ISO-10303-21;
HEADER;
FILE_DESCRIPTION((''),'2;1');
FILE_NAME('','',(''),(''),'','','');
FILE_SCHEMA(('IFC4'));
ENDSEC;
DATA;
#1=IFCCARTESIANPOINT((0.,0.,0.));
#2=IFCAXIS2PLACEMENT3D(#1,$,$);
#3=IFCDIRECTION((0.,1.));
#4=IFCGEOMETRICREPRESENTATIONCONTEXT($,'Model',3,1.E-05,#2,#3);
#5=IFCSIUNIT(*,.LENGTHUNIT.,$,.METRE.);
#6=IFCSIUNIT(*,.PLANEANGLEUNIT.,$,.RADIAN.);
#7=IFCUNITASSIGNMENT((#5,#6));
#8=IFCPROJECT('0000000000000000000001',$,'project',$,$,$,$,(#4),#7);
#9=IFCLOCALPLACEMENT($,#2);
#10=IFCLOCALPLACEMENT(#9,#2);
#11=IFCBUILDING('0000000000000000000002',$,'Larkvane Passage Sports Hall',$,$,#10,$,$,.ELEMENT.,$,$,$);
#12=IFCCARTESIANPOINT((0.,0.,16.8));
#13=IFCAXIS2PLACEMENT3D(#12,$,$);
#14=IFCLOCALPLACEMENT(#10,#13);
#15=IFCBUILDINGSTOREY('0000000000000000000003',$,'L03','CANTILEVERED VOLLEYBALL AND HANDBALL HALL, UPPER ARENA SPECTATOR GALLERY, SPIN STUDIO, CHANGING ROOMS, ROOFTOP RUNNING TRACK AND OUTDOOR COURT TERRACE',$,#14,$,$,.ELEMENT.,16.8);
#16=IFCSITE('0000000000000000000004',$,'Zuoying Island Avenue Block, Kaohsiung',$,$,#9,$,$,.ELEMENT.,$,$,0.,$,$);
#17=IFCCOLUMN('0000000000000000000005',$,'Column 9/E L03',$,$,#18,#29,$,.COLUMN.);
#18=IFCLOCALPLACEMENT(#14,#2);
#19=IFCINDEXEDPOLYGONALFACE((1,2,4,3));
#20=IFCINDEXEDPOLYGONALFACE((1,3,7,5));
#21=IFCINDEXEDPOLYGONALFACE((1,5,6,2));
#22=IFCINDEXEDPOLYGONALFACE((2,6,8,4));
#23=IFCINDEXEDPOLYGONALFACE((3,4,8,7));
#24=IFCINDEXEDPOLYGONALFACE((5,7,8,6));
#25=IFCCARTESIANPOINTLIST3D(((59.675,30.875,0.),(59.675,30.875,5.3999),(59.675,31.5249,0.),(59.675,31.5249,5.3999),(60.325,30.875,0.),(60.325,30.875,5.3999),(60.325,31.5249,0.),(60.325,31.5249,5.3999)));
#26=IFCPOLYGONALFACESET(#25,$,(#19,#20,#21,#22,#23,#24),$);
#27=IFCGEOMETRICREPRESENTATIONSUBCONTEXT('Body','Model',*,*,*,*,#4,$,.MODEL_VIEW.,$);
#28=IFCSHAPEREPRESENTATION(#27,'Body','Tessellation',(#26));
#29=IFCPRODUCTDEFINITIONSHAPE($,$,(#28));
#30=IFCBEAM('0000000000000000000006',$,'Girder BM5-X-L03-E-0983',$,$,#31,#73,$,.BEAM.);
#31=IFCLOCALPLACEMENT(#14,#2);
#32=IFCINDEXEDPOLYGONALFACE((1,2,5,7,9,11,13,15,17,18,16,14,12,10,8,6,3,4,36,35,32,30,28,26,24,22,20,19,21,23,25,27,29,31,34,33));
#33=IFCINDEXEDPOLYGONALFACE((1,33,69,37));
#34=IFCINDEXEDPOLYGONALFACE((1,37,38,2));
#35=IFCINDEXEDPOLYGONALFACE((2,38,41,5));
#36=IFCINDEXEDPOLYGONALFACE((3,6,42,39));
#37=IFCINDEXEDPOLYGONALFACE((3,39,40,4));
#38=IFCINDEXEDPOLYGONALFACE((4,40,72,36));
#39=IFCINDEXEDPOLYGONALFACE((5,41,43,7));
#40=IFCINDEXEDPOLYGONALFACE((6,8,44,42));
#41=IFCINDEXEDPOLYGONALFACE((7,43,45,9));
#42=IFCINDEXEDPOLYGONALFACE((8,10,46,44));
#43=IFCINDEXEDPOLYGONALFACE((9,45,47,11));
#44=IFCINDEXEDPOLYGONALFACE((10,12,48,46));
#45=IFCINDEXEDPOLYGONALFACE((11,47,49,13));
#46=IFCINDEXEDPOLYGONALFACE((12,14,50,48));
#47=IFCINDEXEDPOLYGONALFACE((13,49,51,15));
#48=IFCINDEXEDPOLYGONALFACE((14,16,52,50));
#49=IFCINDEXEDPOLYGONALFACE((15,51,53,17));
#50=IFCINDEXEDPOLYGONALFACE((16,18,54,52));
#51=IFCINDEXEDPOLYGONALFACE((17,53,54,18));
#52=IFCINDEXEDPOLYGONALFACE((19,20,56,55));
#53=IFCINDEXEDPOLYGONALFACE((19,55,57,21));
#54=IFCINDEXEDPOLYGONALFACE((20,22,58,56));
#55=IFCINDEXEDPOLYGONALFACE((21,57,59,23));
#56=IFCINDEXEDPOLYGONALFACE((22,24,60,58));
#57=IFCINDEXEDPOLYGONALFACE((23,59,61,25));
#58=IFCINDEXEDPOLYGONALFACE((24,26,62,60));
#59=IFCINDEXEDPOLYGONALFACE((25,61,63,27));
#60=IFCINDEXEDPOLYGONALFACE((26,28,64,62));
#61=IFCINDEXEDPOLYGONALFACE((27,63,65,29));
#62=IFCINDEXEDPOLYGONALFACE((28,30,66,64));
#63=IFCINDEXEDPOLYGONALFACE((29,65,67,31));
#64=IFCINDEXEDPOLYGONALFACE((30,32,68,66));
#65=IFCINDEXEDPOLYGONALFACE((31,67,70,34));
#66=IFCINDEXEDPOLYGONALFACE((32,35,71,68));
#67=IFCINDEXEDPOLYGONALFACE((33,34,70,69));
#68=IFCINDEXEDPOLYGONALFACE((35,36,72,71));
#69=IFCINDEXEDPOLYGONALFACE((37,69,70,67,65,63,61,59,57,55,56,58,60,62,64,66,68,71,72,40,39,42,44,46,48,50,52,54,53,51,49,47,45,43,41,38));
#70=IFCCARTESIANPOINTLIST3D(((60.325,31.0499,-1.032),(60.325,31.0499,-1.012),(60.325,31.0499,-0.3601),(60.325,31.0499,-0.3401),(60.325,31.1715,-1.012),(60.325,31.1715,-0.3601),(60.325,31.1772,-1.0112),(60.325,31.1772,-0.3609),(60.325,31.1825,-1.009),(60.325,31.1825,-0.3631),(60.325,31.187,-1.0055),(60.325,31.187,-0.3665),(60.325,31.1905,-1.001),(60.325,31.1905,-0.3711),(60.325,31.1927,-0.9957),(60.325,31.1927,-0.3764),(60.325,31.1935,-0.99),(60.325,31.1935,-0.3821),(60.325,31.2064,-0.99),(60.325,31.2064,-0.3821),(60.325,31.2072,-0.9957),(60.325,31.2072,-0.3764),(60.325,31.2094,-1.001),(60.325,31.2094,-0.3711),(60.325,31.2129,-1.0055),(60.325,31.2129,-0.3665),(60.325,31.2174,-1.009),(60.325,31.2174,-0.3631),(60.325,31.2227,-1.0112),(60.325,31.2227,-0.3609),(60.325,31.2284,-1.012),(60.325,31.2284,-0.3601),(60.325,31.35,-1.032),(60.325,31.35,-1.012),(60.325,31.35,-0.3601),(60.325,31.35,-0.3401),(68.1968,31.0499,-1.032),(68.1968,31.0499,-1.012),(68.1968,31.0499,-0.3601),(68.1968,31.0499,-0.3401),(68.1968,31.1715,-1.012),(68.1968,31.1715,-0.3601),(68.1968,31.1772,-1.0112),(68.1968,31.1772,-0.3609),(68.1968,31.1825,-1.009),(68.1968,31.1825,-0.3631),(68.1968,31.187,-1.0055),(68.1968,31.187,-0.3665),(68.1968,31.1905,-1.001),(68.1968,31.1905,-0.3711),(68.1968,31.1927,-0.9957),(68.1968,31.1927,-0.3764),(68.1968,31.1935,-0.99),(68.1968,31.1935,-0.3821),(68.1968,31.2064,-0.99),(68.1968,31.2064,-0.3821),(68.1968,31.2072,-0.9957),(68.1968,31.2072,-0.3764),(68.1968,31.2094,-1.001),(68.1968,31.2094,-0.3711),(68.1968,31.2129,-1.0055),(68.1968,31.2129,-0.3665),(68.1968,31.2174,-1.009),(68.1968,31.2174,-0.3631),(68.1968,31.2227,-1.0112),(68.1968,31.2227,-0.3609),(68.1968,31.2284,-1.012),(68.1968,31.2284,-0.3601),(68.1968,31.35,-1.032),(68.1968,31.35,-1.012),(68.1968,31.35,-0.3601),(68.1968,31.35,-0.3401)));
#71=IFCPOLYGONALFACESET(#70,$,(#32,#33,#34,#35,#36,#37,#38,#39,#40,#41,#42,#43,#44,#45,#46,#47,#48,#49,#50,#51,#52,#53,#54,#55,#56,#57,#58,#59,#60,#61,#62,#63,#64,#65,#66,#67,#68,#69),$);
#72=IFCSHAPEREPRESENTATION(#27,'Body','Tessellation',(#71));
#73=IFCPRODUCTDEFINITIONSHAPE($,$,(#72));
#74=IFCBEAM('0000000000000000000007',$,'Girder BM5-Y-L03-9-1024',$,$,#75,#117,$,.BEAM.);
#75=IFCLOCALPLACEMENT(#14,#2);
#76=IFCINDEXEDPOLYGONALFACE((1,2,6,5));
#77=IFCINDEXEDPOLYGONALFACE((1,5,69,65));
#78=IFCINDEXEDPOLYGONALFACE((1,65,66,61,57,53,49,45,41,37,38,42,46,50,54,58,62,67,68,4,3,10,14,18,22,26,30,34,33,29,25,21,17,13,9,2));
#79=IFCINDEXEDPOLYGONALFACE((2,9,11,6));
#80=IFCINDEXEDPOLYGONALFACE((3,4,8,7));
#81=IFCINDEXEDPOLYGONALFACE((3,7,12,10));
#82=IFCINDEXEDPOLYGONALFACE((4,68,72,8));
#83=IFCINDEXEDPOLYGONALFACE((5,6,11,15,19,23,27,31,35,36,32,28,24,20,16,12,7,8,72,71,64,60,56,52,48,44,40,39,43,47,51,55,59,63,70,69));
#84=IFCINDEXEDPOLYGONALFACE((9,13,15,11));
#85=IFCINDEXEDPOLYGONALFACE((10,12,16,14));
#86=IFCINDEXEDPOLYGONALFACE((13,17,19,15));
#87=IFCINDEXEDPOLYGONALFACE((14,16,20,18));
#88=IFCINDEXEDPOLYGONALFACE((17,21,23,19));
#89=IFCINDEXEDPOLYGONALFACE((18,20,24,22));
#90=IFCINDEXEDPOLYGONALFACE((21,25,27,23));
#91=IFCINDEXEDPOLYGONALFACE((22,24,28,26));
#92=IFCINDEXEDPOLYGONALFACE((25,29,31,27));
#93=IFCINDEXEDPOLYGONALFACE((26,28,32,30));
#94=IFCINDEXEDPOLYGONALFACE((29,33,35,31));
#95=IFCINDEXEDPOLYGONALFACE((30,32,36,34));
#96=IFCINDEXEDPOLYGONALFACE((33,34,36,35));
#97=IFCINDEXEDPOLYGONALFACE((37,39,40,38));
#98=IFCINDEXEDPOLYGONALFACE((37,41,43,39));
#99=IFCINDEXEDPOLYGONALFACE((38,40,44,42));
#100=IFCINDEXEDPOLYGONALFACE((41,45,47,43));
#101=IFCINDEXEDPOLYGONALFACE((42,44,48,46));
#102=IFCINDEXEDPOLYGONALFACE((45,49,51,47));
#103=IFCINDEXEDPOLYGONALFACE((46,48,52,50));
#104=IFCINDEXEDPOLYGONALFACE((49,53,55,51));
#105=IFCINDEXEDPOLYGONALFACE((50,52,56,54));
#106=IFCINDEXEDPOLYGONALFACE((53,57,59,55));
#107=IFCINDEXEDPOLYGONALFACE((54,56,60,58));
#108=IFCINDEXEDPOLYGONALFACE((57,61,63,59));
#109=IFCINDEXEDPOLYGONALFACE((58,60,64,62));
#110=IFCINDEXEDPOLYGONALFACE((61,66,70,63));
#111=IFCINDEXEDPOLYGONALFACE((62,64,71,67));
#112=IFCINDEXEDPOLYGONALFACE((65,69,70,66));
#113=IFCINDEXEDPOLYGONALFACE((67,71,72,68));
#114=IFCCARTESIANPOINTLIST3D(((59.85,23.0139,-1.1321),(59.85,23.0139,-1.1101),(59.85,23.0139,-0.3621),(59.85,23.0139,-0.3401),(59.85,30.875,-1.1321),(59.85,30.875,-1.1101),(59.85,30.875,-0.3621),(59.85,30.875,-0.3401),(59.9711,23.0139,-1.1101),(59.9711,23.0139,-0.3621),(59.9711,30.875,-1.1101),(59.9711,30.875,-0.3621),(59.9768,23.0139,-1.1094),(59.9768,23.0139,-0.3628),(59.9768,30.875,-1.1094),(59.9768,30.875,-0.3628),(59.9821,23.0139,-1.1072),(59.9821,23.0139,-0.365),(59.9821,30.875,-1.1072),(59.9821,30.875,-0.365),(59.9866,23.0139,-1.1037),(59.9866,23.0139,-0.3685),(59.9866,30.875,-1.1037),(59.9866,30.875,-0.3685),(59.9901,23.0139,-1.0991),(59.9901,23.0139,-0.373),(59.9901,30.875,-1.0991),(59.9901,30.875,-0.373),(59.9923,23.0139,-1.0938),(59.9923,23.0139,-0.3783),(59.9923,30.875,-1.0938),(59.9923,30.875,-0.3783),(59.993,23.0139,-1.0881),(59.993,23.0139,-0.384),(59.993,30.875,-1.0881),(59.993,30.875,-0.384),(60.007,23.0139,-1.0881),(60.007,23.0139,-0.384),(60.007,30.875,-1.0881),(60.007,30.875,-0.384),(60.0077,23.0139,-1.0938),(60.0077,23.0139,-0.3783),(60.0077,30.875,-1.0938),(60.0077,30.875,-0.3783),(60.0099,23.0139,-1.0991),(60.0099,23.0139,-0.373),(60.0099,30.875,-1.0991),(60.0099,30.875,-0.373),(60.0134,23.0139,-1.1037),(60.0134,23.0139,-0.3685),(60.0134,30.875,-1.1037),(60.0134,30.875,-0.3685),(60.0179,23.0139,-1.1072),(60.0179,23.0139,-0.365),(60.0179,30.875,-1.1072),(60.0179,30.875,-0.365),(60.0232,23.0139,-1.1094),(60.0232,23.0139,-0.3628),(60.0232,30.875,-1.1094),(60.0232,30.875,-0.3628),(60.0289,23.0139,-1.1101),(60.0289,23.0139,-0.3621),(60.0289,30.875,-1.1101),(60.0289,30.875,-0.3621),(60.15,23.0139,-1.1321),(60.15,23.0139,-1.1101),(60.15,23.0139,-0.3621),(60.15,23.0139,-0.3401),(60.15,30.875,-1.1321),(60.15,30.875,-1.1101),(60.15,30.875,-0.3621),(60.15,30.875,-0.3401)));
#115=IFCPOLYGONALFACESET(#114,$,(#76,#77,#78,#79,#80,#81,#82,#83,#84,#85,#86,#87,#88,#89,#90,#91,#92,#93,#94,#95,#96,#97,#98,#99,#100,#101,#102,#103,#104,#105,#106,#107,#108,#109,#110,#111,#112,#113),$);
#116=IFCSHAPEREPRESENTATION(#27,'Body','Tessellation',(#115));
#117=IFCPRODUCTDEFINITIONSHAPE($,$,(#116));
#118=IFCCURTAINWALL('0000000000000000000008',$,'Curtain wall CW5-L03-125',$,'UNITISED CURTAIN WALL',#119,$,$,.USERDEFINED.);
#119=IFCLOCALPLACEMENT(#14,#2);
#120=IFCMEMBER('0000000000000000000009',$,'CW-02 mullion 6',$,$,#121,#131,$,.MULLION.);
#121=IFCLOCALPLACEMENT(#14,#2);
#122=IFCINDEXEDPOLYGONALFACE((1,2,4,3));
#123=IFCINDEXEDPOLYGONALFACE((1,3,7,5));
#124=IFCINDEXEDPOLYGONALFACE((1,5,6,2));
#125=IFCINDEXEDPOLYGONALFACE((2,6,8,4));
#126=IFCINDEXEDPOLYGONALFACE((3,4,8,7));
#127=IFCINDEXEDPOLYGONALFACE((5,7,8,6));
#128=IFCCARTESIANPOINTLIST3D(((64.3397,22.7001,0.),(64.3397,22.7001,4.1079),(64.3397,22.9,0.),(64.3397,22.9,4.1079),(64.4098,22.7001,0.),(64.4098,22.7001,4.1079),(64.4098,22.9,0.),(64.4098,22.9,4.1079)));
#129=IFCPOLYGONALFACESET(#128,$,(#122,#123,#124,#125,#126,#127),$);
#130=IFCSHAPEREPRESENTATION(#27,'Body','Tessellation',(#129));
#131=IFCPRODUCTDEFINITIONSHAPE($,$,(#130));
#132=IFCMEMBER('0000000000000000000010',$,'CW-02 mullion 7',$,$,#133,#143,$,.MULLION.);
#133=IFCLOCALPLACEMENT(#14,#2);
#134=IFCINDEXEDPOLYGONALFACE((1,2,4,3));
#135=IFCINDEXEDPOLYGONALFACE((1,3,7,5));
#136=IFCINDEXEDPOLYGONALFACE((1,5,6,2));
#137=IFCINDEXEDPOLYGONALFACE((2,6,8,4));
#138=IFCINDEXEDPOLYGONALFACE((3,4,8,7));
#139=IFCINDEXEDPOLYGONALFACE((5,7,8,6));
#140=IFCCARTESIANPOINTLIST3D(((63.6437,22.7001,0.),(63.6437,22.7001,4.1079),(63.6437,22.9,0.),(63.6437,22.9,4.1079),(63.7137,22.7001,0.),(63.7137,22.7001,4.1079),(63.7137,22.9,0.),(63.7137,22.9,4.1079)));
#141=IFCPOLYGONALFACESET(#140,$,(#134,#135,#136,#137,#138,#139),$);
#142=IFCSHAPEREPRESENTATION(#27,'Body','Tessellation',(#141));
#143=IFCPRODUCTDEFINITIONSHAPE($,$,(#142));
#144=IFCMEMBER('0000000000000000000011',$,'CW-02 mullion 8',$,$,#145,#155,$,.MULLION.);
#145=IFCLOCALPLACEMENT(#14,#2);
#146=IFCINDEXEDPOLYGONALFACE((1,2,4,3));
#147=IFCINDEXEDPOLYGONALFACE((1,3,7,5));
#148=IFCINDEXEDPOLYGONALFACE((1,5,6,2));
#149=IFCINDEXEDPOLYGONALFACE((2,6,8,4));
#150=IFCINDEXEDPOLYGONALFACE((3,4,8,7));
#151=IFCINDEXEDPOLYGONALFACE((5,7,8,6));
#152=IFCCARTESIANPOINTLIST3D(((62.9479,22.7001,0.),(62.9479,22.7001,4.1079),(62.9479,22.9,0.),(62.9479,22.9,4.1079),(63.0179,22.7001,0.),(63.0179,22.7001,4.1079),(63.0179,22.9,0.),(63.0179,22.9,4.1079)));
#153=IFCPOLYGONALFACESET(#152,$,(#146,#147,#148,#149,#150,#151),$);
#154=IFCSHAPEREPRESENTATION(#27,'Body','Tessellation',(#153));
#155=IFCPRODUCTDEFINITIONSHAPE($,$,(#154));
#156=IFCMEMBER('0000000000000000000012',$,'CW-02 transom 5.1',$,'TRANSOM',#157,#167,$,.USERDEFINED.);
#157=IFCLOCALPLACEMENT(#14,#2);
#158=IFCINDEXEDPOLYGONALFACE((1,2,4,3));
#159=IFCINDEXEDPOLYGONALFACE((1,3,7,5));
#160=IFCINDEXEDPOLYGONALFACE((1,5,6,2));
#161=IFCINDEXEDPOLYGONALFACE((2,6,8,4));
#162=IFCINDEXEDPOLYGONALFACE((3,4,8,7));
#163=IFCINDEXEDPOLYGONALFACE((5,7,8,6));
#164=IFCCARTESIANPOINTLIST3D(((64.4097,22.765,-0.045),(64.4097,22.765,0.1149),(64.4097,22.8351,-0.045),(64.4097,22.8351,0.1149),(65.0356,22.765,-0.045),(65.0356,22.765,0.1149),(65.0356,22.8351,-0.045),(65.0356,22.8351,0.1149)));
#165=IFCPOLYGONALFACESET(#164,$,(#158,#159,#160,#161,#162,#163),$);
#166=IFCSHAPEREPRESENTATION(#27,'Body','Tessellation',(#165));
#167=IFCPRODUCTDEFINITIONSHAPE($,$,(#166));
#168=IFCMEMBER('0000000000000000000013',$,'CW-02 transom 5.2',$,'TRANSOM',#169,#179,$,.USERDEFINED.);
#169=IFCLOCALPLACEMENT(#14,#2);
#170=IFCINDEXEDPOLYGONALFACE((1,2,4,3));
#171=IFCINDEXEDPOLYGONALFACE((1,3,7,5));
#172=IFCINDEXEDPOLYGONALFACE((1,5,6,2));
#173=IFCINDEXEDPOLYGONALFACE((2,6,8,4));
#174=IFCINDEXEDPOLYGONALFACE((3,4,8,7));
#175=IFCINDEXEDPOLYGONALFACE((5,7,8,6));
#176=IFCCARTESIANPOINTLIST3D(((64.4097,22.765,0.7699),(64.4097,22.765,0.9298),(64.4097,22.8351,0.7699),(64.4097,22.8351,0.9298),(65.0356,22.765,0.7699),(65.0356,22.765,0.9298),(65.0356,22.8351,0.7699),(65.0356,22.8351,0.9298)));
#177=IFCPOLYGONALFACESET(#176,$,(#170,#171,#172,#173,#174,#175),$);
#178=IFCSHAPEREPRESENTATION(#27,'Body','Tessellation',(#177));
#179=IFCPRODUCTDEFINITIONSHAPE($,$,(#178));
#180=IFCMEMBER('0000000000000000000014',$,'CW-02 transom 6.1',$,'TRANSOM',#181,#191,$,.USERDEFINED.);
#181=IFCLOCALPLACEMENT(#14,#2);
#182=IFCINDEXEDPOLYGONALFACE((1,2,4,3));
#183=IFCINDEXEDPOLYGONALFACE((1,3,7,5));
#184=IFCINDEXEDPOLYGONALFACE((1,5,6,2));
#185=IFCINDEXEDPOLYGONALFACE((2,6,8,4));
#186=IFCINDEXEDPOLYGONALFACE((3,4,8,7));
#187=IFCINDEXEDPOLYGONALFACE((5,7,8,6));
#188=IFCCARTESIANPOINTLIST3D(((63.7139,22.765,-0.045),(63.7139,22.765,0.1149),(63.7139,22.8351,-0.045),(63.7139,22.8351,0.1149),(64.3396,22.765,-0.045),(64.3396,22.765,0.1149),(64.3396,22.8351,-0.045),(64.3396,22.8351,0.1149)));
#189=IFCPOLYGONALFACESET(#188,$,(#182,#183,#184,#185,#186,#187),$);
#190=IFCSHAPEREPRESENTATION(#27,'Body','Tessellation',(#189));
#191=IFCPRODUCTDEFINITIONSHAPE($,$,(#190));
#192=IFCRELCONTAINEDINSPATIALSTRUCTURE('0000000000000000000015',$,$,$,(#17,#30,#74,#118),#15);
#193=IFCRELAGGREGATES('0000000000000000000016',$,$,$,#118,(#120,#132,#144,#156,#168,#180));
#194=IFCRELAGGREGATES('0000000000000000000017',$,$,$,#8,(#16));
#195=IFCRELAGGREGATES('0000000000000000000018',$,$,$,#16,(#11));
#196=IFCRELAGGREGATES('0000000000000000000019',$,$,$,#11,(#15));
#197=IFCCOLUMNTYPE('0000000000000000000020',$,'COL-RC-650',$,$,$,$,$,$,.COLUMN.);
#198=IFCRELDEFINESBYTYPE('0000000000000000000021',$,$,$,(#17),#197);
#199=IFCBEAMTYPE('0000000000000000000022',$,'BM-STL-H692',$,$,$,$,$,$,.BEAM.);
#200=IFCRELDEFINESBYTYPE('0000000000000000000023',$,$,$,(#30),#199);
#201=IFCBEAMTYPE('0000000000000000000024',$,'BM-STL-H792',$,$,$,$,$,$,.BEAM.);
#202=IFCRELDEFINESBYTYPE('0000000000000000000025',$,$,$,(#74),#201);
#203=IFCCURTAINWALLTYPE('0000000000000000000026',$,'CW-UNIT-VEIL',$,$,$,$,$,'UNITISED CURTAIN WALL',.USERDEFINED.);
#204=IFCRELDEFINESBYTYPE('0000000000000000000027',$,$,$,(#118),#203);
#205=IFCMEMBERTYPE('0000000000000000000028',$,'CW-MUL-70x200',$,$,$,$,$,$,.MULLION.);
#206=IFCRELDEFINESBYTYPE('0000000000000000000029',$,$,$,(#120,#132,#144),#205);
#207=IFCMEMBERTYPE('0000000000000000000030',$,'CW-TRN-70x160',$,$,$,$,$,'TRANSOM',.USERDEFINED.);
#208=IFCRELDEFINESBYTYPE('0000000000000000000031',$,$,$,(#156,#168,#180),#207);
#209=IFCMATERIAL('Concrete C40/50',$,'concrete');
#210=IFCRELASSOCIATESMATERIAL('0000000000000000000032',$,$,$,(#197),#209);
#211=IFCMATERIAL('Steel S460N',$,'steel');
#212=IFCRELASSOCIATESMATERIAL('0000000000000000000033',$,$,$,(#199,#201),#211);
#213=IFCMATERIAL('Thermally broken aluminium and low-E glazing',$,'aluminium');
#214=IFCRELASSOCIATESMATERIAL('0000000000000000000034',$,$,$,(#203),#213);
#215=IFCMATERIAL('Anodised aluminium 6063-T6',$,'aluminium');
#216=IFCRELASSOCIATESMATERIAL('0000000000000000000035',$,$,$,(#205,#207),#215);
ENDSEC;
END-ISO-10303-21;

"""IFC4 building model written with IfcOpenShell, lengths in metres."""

from ifc_helpers import new_model, si_unit, direction, frame, origin, origin_2d, place, context, subcontext, project, spatial, rectangle, i_section, extrude, material, material_profile, profile_set, type_object, element, aggregate, save


model = new_model("IFC4")

# Units and contexts
model_context = context("Model", 3, precision=1e-05, world=origin(), true_north=direction((0.0, 1.0)))
body_context = subcontext(model_context, "Body", "Model", "MODEL_VIEW")
ifc_project = project(units=[si_unit("LENGTHUNIT", "METRE"), si_unit("PLANEANGLEUNIT", "RADIAN")], contexts=[model_context])

# Site, building, storey
site_placement = place(None, origin())
site = spatial("IfcSite", under=ifc_project, at=site_placement, Name="Zuoying Island Avenue Block, Kaohsiung", CompositionType="ELEMENT", RefElevation=0.0)
building_placement = place(site_placement, origin())
building = spatial("IfcBuilding", under=site, at=building_placement, Name="Larkvane Passage Sports Hall", CompositionType="ELEMENT")
storey_placement = place(building_placement, frame((0.0, 0.0, 16.8)))
storey = spatial("IfcBuildingStorey", under=building, at=storey_placement, Name="L03", Description="CANTILEVERED VOLLEYBALL AND HANDBALL HALL, UPPER ARENA SPECTATOR GALLERY, SPIN STUDIO, CHANGING ROOMS, ROOFTOP RUNNING TRACK AND OUTDOOR COURT TERRACE", CompositionType="ELEMENT", Elevation=16.8)

# Column
ifc_material_1 = material(Name="Concrete C40/50", Category="concrete")
ifc_material_profile_1 = material_profile(ifc_material_1, rectangle(XDim=0.6499, YDim=0.6499, at=origin_2d()), Name="RC-COL-650x650")
ifc_profile_set_1 = profile_set([ifc_material_profile_1], Name="Concrete C40/50")
column_type = type_object("IfcColumnType", Name="COL-RC-650", PredefinedType="COLUMN", material=ifc_profile_set_1)
column_placement = place(storey_placement, frame((60.0, 31.2, 0.0), z_axis=(0.0, 0.0, 1.0), x_axis=(1.0, 0.0, 0.0)))
element("IfcColumn", 1, at=column_placement, inside=storey, type_object=column_type, Name="Column 9/E L03", PredefinedType="COLUMN", context=body_context, shape_type="SweptSolid", body=[
    extrude(rectangle(XDim=0.6499, YDim=0.6499, at=origin_2d()), origin(), (0.0, 0.0, 1.0), 5.3999),
])

# Beams
ifc_material_2 = material(Name="Steel S460N", Category="steel")
ifc_material_profile_2 = material_profile(ifc_material_2, i_section(OverallWidth=0.3, OverallDepth=0.6919, WebThickness=0.0129, FlangeThickness=0.02, FilletRadius=0.022, at=origin_2d()), Name="H-692x300x13x20")
ifc_profile_set_2 = profile_set([ifc_material_profile_2], Name="Steel S460N")
beam_type_1 = type_object("IfcBeamType", Name="BM-STL-H692", PredefinedType="BEAM", material=ifc_profile_set_2)
beam_1_placement = place(storey_placement, frame((60.325, 31.2, -0.686), z_axis=(1.0, 0.0, 0.0), x_axis=(0.0, 1.0, 0.0)))
element("IfcBeam", 2, at=beam_1_placement, inside=storey, type_object=beam_type_1, Name="Girder BM5-X-L03-E-0983", PredefinedType="BEAM", context=body_context, shape_type="SweptSolid", body=[
    extrude(i_section(OverallWidth=0.3, OverallDepth=0.6919, WebThickness=0.0129, FlangeThickness=0.02, FilletRadius=0.022, at=origin_2d()), origin(), (0.0, 0.0, 1.0), 7.8718),
])
ifc_material_profile_3 = material_profile(ifc_material_2, i_section(OverallWidth=0.3, OverallDepth=0.792, WebThickness=0.0139, FlangeThickness=0.022, FilletRadius=0.022, at=origin_2d()), Name="H-792x300x14x22")
ifc_profile_set_3 = profile_set([ifc_material_profile_3], Name="Steel S460N")
beam_type_2 = type_object("IfcBeamType", Name="BM-STL-H792", PredefinedType="BEAM", material=ifc_profile_set_3)
beam_2_placement = place(storey_placement, frame((60.0, 23.0139, -0.7361), z_axis=(0.0, 1.0, 0.0), x_axis=(-1.0, 0.0, 0.0)))
element("IfcBeam", 3, at=beam_2_placement, inside=storey, type_object=beam_type_2, Name="Girder BM5-Y-L03-9-1024", PredefinedType="BEAM", context=body_context, shape_type="SweptSolid", body=[
    extrude(i_section(OverallWidth=0.3, OverallDepth=0.792, WebThickness=0.0139, FlangeThickness=0.022, FilletRadius=0.022, at=origin_2d()), origin(), (0.0, 0.0, 1.0), 7.8611),
])

# Curtain wall, members
ifc_material_3 = material(Name="Thermally broken aluminium and low-E glazing", Category="aluminium")
curtain_wall_type = type_object("IfcCurtainWallType", Name="CW-UNIT-VEIL", ElementType="UNITISED CURTAIN WALL", PredefinedType="USERDEFINED", material=ifc_material_3)
curtain_wall_placement = place(storey_placement, origin())
curtain_wall = element("IfcCurtainWall", 4, at=curtain_wall_placement, inside=storey, type_object=curtain_wall_type, Name="Curtain wall CW5-L03-125", ObjectType="UNITISED CURTAIN WALL", PredefinedType="USERDEFINED")
ifc_material_4 = material(Name="Anodised aluminium 6063-T6", Category="aluminium")
ifc_material_profile_4 = material_profile(ifc_material_4, rectangle(XDim=0.0701, YDim=0.2, at=origin_2d()), Name="ALU-MUL-70x200")
ifc_profile_set_4 = profile_set([ifc_material_profile_4], Name="Anodised aluminium 6063-T6")
member_type_1 = type_object("IfcMemberType", Name="CW-MUL-70x200", PredefinedType="MULLION", material=ifc_profile_set_4)
member_1_placement = place(storey_placement, frame((64.3748, 22.8, 0.0), z_axis=(0.0, 0.0, 1.0), x_axis=(-1.0, 0.0, 0.0)))
member_1 = element("IfcMember", 5, at=member_1_placement, type_object=member_type_1, Name="CW-02 mullion 6", PredefinedType="MULLION", context=body_context, shape_type="SweptSolid", body=[
    extrude(rectangle(XDim=0.0701, YDim=0.2, at=origin_2d()), origin(), (0.0, 0.0, 1.0), 4.1079),
])
member_2_placement = place(storey_placement, frame((63.6787, 22.8, 0.0), z_axis=(0.0, 0.0, 1.0), x_axis=(-1.0, 0.0, 0.0)))
member_2 = element("IfcMember", 6, at=member_2_placement, type_object=member_type_1, Name="CW-02 mullion 7", PredefinedType="MULLION", context=body_context, shape_type="SweptSolid", body=[
    extrude(rectangle(XDim=0.0701, YDim=0.2, at=origin_2d()), origin(), (0.0, 0.0, 1.0), 4.1079),
])
member_3_placement = place(storey_placement, frame((62.9829, 22.8, 0.0), z_axis=(0.0, 0.0, 1.0), x_axis=(-1.0, 0.0, 0.0)))
member_3 = element("IfcMember", 7, at=member_3_placement, type_object=member_type_1, Name="CW-02 mullion 8", PredefinedType="MULLION", context=body_context, shape_type="SweptSolid", body=[
    extrude(rectangle(XDim=0.0701, YDim=0.2, at=origin_2d()), origin(), (0.0, 0.0, 1.0), 4.1079),
])
ifc_material_profile_5 = material_profile(ifc_material_4, rectangle(XDim=0.0701, YDim=0.1599, at=origin_2d()), Name="ALU-TRN-70x160")
ifc_profile_set_5 = profile_set([ifc_material_profile_5], Name="Anodised aluminium 6063-T6")
member_type_2 = type_object("IfcMemberType", Name="CW-TRN-70x160", ElementType="TRANSOM", PredefinedType="USERDEFINED", material=ifc_profile_set_5)
member_4_placement = place(storey_placement, frame((65.0356, 22.8, 0.0349), z_axis=(-1.0, 0.0, 0.0), x_axis=(0.0, -1.0, 0.0)))
member_4 = element("IfcMember", 8, at=member_4_placement, type_object=member_type_2, Name="CW-02 transom 5.1", ObjectType="TRANSOM", PredefinedType="USERDEFINED", context=body_context, shape_type="SweptSolid", body=[
    extrude(rectangle(XDim=0.0701, YDim=0.1599, at=origin_2d()), origin(), (0.0, 0.0, 1.0), 0.626),
])
member_5_placement = place(storey_placement, frame((65.0356, 22.8, 0.8499), z_axis=(-1.0, 0.0, 0.0), x_axis=(0.0, -1.0, 0.0)))
member_5 = element("IfcMember", 9, at=member_5_placement, type_object=member_type_2, Name="CW-02 transom 5.2", ObjectType="TRANSOM", PredefinedType="USERDEFINED", context=body_context, shape_type="SweptSolid", body=[
    extrude(rectangle(XDim=0.0701, YDim=0.1599, at=origin_2d()), origin(), (0.0, 0.0, 1.0), 0.626),
])
member_6_placement = place(storey_placement, frame((64.3396, 22.8, 0.0349), z_axis=(-1.0, 0.0, 0.0), x_axis=(0.0, -1.0, 0.0)))
member_6 = element("IfcMember", 10, at=member_6_placement, type_object=member_type_2, Name="CW-02 transom 6.1", ObjectType="TRANSOM", PredefinedType="USERDEFINED", context=body_context, shape_type="SweptSolid", body=[
    extrude(rectangle(XDim=0.0701, YDim=0.1599, at=origin_2d()), origin(), (0.0, 0.0, 1.0), 0.6257),
])

aggregate(curtain_wall, [member_1, member_2, member_3, member_4, member_5, member_6])

save(model, "model.ifc")
